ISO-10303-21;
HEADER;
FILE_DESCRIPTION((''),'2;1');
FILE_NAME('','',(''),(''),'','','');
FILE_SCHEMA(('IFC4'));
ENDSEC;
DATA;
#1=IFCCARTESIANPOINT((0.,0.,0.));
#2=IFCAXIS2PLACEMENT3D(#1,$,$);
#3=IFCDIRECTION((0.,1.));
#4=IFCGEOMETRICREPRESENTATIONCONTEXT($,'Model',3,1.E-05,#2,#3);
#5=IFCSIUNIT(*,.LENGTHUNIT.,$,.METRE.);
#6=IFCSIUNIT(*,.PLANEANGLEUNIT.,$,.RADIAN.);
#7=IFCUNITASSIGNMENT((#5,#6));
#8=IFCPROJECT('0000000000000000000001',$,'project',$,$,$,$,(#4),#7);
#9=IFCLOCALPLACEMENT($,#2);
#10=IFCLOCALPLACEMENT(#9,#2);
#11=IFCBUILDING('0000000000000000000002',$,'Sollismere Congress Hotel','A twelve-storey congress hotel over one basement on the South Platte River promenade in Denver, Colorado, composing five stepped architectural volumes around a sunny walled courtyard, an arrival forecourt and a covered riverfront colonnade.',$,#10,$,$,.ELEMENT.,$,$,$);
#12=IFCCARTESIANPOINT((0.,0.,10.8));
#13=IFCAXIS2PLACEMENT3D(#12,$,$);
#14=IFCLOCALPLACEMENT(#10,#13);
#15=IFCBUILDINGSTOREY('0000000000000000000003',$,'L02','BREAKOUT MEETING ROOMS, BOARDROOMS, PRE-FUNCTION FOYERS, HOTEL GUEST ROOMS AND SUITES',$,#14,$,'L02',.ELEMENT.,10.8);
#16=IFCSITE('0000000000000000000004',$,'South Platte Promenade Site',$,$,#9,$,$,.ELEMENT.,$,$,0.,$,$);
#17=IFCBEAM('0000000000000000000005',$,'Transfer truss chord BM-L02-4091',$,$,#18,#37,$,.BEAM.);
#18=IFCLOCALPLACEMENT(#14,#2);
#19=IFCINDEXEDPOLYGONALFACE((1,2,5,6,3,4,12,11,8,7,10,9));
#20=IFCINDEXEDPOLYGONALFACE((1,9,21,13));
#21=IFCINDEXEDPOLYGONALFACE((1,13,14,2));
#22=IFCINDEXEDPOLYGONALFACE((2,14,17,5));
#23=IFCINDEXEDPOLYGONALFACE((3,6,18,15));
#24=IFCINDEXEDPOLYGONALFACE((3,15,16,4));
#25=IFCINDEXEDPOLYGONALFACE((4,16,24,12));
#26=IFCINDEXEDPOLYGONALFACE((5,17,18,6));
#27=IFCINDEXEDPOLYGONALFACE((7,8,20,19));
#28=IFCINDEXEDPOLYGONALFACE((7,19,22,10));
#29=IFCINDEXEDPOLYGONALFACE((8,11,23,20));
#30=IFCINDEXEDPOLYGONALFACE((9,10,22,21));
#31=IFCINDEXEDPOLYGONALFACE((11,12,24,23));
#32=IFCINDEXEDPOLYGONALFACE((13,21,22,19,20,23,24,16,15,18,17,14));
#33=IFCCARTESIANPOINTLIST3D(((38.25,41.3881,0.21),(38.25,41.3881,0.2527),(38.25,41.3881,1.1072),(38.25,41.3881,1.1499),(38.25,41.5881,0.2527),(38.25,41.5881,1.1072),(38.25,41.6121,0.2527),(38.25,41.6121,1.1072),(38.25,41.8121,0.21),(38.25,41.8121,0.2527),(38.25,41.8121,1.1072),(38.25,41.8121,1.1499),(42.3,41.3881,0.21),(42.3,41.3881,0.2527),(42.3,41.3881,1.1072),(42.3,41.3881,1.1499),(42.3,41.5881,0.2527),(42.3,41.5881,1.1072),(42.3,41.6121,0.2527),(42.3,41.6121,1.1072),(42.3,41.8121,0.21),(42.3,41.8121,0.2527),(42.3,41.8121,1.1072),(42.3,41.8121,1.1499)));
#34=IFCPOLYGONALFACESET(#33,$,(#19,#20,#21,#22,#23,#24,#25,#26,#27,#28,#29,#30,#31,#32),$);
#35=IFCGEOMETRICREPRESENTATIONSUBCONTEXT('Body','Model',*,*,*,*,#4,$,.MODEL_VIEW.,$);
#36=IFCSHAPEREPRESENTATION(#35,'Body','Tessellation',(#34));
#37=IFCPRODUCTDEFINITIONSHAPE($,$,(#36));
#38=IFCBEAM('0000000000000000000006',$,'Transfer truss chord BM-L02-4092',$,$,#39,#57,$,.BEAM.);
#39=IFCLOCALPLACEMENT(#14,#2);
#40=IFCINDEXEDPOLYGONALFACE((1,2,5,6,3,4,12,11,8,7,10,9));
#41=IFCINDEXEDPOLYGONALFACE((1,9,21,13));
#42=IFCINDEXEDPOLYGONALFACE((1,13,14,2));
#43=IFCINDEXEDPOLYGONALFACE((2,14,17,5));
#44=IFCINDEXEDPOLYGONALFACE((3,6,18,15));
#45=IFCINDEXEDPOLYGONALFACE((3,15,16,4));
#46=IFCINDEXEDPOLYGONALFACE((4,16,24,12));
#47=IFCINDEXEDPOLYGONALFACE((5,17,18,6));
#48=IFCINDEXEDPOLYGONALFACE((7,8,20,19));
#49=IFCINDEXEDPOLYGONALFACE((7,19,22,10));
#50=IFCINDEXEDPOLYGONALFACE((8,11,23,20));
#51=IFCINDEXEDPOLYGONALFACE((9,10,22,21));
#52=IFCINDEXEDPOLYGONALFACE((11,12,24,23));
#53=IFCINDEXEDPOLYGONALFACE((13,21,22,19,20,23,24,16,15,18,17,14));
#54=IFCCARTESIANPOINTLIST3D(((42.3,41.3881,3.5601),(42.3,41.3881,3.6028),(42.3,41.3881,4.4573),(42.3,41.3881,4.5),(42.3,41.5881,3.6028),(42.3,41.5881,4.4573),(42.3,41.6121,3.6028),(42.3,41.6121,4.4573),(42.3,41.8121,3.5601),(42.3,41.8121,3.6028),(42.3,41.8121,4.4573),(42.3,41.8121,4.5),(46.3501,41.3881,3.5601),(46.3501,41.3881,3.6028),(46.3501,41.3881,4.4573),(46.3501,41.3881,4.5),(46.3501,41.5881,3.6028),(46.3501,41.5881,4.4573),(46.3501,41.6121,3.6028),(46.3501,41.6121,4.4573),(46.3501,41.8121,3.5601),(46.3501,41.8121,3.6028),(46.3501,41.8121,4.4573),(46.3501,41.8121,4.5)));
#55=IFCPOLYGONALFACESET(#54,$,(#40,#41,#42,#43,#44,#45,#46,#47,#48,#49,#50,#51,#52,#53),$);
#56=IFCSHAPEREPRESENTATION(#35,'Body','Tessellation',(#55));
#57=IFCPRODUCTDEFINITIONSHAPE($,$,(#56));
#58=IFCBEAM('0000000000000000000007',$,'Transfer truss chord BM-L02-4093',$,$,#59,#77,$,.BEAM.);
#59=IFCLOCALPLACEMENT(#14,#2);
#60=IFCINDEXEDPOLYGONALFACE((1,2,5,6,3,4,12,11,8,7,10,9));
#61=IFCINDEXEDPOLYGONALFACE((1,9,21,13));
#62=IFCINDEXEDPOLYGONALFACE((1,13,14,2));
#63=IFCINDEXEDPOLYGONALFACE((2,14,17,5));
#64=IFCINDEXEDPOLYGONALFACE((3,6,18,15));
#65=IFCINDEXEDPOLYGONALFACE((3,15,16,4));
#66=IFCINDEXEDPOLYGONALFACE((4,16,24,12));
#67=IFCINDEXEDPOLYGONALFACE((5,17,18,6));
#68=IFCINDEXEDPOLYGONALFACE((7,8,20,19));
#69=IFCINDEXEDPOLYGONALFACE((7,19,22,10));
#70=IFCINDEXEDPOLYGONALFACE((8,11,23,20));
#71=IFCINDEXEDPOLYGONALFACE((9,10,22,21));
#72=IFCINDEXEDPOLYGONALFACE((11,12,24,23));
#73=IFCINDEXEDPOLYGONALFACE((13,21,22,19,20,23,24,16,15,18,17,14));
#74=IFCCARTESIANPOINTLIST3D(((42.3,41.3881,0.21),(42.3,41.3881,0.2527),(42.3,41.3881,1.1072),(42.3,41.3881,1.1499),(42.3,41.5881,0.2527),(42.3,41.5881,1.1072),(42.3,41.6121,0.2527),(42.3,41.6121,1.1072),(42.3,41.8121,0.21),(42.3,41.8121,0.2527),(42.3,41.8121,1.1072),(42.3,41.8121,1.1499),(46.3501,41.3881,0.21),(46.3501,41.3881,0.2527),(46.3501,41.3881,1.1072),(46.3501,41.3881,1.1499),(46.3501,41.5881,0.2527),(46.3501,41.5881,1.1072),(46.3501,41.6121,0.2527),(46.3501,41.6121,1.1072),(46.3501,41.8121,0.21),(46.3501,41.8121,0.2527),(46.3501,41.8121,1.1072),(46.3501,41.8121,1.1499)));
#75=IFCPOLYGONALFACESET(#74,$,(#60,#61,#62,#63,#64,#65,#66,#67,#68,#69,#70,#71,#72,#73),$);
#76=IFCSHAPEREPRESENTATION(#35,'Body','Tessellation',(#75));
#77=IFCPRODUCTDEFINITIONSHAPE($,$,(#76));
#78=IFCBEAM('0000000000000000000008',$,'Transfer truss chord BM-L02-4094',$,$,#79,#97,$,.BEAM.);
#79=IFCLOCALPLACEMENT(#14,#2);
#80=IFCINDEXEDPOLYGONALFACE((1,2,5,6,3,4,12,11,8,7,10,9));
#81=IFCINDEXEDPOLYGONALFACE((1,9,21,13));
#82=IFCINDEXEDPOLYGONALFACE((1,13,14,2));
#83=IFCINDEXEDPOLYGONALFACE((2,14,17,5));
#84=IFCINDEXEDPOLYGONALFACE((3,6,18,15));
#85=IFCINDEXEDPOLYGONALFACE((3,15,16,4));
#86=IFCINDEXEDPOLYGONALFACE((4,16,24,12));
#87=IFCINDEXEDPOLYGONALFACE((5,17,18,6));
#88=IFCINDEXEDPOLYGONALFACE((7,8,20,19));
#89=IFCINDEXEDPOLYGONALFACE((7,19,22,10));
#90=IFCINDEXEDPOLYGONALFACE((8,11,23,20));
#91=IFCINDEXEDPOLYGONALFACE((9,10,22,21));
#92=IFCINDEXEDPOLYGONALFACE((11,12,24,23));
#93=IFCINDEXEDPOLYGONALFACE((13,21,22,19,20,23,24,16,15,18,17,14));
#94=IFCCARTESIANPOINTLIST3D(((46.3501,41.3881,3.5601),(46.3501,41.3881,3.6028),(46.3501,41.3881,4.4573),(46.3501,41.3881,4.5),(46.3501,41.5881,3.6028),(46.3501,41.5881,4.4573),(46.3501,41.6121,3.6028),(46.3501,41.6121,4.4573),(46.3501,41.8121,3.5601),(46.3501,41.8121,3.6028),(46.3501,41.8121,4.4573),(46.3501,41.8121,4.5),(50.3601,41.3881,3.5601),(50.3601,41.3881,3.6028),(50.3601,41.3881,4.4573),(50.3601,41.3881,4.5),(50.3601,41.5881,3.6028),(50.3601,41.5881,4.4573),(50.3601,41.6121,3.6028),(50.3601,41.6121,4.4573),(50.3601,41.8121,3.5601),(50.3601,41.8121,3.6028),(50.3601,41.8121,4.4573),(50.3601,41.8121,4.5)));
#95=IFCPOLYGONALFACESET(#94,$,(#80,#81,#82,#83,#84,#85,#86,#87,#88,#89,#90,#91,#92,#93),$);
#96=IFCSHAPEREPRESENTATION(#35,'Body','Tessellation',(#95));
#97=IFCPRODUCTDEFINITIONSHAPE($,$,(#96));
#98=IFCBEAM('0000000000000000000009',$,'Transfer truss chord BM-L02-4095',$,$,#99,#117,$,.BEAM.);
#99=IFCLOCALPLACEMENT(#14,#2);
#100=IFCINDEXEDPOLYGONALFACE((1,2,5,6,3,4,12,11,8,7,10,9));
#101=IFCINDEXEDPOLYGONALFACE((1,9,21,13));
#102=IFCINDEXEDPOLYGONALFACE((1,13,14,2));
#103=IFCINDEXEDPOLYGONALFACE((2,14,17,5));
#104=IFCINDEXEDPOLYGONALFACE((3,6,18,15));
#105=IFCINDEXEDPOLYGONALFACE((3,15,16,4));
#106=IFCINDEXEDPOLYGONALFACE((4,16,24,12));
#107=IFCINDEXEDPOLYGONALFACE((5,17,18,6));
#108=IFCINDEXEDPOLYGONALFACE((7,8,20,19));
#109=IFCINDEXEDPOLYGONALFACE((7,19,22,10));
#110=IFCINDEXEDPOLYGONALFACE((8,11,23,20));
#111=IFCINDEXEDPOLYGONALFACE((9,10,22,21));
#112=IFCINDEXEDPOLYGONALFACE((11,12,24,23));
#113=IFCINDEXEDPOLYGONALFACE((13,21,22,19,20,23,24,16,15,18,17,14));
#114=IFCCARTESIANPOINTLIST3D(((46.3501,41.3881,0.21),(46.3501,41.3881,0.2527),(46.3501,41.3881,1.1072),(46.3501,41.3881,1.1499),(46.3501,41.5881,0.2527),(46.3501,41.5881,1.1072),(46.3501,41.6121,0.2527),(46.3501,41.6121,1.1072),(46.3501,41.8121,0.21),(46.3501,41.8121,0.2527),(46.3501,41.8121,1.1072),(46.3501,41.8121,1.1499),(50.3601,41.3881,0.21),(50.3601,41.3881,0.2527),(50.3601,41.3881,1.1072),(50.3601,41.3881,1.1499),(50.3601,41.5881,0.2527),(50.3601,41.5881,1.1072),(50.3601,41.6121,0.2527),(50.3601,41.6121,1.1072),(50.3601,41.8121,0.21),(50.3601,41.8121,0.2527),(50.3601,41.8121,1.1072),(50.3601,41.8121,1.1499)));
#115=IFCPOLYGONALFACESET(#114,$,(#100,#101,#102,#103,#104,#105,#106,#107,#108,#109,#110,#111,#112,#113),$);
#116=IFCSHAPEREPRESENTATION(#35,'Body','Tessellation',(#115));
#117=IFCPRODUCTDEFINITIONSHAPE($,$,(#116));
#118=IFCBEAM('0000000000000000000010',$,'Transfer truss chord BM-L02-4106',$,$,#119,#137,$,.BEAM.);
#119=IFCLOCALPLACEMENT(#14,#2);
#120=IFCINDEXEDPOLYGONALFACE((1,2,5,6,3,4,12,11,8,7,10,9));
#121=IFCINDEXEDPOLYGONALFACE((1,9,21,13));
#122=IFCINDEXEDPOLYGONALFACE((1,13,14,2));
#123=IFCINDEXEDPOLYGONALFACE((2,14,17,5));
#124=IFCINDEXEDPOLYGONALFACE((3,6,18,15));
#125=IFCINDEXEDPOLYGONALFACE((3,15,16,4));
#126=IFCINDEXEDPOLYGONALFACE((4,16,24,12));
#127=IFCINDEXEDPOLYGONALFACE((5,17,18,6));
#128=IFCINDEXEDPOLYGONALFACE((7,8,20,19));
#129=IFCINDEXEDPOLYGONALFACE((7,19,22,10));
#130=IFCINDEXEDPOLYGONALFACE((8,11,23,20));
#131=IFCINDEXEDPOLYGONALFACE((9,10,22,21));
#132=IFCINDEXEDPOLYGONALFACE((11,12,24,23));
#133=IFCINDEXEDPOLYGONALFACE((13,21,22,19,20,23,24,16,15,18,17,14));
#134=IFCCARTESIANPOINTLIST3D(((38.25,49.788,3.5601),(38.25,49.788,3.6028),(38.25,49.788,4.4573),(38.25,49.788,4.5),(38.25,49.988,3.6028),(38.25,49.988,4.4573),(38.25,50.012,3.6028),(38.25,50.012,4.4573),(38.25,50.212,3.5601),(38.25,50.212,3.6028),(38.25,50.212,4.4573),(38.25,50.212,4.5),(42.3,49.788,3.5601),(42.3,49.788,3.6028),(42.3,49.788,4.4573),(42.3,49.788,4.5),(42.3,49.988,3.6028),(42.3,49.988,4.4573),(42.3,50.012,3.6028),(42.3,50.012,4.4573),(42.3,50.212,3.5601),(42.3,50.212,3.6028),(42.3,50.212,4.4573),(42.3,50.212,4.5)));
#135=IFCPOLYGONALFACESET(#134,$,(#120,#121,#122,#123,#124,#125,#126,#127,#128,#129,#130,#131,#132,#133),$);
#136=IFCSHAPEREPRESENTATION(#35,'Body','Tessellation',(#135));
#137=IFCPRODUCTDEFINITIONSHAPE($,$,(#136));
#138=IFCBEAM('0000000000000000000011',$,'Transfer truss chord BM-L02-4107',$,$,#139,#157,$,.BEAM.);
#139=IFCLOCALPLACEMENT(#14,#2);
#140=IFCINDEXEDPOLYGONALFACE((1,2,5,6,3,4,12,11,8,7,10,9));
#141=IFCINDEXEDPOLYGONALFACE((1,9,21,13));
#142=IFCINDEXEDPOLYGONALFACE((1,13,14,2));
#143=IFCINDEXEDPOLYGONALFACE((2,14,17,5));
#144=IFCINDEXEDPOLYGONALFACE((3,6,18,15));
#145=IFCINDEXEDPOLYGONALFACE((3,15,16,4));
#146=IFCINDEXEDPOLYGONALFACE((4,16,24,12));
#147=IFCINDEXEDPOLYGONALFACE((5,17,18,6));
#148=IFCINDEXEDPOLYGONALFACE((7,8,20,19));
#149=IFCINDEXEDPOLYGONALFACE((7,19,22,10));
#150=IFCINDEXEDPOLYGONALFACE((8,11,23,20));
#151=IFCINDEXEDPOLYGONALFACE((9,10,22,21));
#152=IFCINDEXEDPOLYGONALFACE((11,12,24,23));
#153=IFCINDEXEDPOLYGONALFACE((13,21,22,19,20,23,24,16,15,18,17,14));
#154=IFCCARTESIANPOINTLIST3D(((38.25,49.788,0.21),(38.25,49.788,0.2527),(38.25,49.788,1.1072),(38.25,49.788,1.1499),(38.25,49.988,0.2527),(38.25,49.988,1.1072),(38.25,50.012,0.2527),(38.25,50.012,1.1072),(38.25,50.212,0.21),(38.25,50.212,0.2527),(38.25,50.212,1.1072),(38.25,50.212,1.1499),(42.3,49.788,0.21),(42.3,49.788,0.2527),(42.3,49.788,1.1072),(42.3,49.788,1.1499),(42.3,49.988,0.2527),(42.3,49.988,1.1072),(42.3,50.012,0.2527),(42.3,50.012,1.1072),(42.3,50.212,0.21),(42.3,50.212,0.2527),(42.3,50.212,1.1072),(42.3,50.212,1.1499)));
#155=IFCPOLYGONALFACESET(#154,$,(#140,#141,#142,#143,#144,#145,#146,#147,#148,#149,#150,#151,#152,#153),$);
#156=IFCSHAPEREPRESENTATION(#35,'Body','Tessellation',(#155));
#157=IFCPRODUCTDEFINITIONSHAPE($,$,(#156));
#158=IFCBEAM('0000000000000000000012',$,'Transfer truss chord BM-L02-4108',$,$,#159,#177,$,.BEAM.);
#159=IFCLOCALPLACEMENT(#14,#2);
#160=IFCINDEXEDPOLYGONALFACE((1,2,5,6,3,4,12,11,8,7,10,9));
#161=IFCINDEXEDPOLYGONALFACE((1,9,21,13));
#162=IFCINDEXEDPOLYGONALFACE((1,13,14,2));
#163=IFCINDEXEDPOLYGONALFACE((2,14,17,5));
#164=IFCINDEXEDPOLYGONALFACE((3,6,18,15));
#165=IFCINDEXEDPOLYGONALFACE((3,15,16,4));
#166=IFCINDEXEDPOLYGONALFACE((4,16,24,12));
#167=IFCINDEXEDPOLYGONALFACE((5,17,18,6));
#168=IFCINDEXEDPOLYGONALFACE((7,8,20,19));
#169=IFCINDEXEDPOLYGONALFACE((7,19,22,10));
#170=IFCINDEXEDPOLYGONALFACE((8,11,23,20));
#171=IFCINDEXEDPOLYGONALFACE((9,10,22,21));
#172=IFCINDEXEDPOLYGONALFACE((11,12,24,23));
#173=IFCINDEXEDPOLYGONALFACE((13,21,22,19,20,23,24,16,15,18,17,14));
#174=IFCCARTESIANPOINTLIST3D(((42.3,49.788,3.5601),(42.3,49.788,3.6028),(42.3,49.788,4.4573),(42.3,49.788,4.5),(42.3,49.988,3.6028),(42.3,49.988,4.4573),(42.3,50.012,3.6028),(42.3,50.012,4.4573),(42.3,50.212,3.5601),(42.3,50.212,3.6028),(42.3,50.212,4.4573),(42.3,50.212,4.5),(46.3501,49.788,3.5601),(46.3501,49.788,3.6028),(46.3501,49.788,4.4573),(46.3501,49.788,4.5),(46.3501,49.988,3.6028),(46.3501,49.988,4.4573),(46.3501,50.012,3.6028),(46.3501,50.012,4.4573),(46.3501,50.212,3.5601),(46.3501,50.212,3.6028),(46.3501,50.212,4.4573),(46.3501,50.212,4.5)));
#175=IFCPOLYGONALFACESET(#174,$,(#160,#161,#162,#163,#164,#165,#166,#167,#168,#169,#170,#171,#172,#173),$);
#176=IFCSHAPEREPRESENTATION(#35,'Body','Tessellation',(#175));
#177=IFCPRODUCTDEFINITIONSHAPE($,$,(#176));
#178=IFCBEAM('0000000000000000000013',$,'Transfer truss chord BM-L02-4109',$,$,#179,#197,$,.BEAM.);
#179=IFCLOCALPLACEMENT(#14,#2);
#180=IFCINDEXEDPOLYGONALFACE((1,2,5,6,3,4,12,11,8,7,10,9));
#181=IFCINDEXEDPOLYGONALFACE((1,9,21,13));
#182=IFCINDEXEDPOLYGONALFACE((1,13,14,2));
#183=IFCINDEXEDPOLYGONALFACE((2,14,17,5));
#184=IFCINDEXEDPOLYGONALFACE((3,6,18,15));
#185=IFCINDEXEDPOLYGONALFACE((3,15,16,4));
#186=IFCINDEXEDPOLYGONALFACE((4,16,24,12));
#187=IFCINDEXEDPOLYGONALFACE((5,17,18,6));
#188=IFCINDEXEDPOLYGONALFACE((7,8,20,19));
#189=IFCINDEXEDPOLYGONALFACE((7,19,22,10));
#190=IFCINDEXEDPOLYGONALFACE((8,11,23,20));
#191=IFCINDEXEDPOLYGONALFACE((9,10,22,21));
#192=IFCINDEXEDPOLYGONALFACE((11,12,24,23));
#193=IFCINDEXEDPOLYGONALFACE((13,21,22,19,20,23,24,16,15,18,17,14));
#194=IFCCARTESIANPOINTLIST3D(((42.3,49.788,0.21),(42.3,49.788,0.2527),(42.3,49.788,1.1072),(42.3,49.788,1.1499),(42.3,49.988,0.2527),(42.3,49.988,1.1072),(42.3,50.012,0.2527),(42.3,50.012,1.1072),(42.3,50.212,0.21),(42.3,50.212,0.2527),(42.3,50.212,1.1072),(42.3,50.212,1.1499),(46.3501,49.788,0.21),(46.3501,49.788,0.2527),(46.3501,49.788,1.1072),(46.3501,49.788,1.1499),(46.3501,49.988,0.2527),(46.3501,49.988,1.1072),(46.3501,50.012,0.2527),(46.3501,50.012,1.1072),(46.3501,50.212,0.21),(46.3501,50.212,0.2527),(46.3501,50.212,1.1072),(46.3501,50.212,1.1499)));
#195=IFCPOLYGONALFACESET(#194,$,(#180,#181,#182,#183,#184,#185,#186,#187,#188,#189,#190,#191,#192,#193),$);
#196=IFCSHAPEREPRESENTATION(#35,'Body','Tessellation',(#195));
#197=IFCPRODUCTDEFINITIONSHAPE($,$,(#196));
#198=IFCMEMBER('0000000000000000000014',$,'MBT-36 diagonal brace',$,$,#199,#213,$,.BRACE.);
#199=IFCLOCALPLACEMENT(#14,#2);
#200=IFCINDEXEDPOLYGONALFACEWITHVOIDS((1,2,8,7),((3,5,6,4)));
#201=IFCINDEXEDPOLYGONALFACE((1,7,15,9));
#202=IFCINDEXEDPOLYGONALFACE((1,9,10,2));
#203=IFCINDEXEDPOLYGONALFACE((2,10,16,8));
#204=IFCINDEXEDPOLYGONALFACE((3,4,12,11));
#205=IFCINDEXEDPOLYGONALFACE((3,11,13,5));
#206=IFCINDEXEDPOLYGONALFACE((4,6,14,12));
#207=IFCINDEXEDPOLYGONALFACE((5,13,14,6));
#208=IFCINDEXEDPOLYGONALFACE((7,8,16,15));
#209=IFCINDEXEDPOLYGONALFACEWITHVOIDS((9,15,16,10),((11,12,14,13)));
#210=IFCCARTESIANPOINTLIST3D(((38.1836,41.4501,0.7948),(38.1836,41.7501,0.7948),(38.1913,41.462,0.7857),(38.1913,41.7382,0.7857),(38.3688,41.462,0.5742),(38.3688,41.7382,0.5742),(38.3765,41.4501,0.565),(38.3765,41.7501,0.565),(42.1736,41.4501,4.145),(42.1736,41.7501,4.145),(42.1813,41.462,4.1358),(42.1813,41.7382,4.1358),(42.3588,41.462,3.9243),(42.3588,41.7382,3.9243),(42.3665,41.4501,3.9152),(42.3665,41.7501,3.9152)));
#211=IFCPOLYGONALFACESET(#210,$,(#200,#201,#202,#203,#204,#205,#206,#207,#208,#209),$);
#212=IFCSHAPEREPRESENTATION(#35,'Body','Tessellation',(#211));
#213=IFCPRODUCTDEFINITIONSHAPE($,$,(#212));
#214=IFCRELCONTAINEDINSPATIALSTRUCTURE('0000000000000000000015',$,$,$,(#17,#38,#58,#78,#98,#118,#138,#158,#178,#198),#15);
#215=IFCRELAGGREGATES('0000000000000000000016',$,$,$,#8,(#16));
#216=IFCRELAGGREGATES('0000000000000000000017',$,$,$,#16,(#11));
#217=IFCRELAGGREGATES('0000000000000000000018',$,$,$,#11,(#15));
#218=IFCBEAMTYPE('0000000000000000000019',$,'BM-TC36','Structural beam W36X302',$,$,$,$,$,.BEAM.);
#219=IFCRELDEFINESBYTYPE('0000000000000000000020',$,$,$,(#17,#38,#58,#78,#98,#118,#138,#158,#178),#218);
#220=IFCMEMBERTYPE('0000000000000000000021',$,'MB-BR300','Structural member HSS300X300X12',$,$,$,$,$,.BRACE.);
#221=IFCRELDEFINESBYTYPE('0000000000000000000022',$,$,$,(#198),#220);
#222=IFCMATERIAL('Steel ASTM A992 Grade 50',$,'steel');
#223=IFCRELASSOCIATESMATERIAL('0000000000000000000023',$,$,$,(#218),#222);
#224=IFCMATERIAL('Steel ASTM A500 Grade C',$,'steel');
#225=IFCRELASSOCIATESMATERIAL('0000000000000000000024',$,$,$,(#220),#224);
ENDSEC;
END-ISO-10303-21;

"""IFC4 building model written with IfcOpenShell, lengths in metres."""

from ifc_helpers import new_model, si_unit, direction, frame, origin, origin_2d, place, context, subcontext, project, spatial, hollow_rectangle, i_section, extrude, material, material_profile, profile_set, type_object, element, save


model = new_model("IFC4")

# Units and contexts
model_context = context("Model", 3, precision=1e-05, world=origin(), true_north=direction((0.0, 1.0)))
body_context = subcontext(model_context, "Body", "Model", "MODEL_VIEW")
ifc_project = project(units=[si_unit("LENGTHUNIT", "METRE"), si_unit("PLANEANGLEUNIT", "RADIAN")], contexts=[model_context])

# Site, building, storey
site_placement = place(None, origin())
site = spatial("IfcSite", under=ifc_project, at=site_placement, Name="South Platte Promenade Site", CompositionType="ELEMENT", RefElevation=0.0)
building_placement = place(site_placement, origin())
building = spatial("IfcBuilding", under=site, at=building_placement, Name="Sollismere Congress Hotel", Description="A twelve-storey congress hotel over one basement on the South Platte River promenade in Denver, Colorado, composing five stepped architectural volumes around a sunny walled courtyard, an arrival forecourt and a covered riverfront colonnade.", CompositionType="ELEMENT")
storey_placement = place(building_placement, frame((0.0, 0.0, 10.8)))
storey = spatial("IfcBuildingStorey", under=building, at=storey_placement, Name="L02", Description="BREAKOUT MEETING ROOMS, BOARDROOMS, PRE-FUNCTION FOYERS, HOTEL GUEST ROOMS AND SUITES", LongName="L02", CompositionType="ELEMENT", Elevation=10.8)

# Beams
ifc_material_1 = material(Name="Steel ASTM A992 Grade 50", Category="steel")
ifc_material_profile_1 = material_profile(ifc_material_1, i_section(OverallWidth=0.4241, OverallDepth=0.9399, WebThickness=0.0239, FlangeThickness=0.0427, at=origin_2d()), Name="W36X302")
ifc_profile_set_1 = profile_set([ifc_material_profile_1], Name="Steel ASTM A992 Grade 50")
beam_type = type_object("IfcBeamType", Name="BM-TC36", Description="Structural beam W36X302", PredefinedType="BEAM", material=ifc_profile_set_1)
for number, where, z_axis, x_axis, name in (
    (1, (38.25, 41.6001, 0.6799), (1.0, 0.0, 0.0), (0.0, 1.0, 0.0), "Transfer truss chord BM-L02-4091"),
    (2, (42.3, 41.6001, 4.03), (1.0, 0.0, 0.0), (0.0, 1.0, 0.0), "Transfer truss chord BM-L02-4092"),
    (3, (42.3, 41.6001, 0.6799), (1.0, 0.0, 0.0), (0.0, 1.0, 0.0), "Transfer truss chord BM-L02-4093"),
):
    element("IfcBeam", number, at=place(storey_placement, frame(where, z_axis=z_axis, x_axis=x_axis)), inside=storey, type_object=beam_type, Name=name, PredefinedType="BEAM", context=body_context, shape_type="SweptSolid", body=[
        extrude(i_section(OverallWidth=0.4241, OverallDepth=0.9399, WebThickness=0.0239, FlangeThickness=0.0427, at=origin_2d()), origin(), (0.0, 0.0, 1.0), 4.05),
    ])
for number, where, z_axis, x_axis, name in (
    (4, (46.3501, 41.6001, 4.03), (1.0, 0.0, 0.0), (0.0, 1.0, 0.0), "Transfer truss chord BM-L02-4094"),
    (5, (46.3501, 41.6001, 0.6799), (1.0, 0.0, 0.0), (0.0, 1.0, 0.0), "Transfer truss chord BM-L02-4095"),
):
    element("IfcBeam", number, at=place(storey_placement, frame(where, z_axis=z_axis, x_axis=x_axis)), inside=storey, type_object=beam_type, Name=name, PredefinedType="BEAM", context=body_context, shape_type="SweptSolid", body=[
        extrude(i_section(OverallWidth=0.4241, OverallDepth=0.9399, WebThickness=0.0239, FlangeThickness=0.0427, at=origin_2d()), origin(), (0.0, 0.0, 1.0), 4.01),
    ])
for number, where, z_axis, x_axis, name in (
    (6, (38.25, 50.0, 4.03), (1.0, 0.0, 0.0), (0.0, 1.0, 0.0), "Transfer truss chord BM-L02-4106"),
    (7, (38.25, 50.0, 0.6799), (1.0, 0.0, 0.0), (0.0, 1.0, 0.0), "Transfer truss chord BM-L02-4107"),
    (8, (42.3, 50.0, 4.03), (1.0, 0.0, 0.0), (0.0, 1.0, 0.0), "Transfer truss chord BM-L02-4108"),
    (9, (42.3, 50.0, 0.6799), (1.0, 0.0, 0.0), (0.0, 1.0, 0.0), "Transfer truss chord BM-L02-4109"),
):
    element("IfcBeam", number, at=place(storey_placement, frame(where, z_axis=z_axis, x_axis=x_axis)), inside=storey, type_object=beam_type, Name=name, PredefinedType="BEAM", context=body_context, shape_type="SweptSolid", body=[
        extrude(i_section(OverallWidth=0.4241, OverallDepth=0.9399, WebThickness=0.0239, FlangeThickness=0.0427, at=origin_2d()), origin(), (0.0, 0.0, 1.0), 4.05),
    ])

# Member
ifc_material_2 = material(Name="Steel ASTM A500 Grade C", Category="steel")
ifc_material_profile_2 = material_profile(ifc_material_2, hollow_rectangle(XDim=0.3, YDim=0.3, WallThickness=0.012, at=origin_2d()), Name="HSS300X300X12")
ifc_profile_set_2 = profile_set([ifc_material_profile_2], Name="Steel ASTM A500 Grade C")
member_type_1 = type_object("IfcMemberType", Name="MB-BR300", Description="Structural member HSS300X300X12", PredefinedType="BRACE", material=ifc_profile_set_2)
for number, where, z_axis, x_axis, name in (
    (10, (38.28, 41.6001, 0.6799), (0.765846, 0.0, 0.643024), (0.0, 1.0, 0.0), "MBT-36 diagonal brace"),
):
    element("IfcMember", number, at=place(storey_placement, frame(where, z_axis=z_axis, x_axis=x_axis)), inside=storey, type_object=member_type_1, Name=name, PredefinedType="BRACE", context=body_context, shape_type="SweptSolid", body=[
        extrude(hollow_rectangle(XDim=0.3, YDim=0.3, WallThickness=0.012, at=origin_2d()), origin(), (0.0, 0.0, 1.0), 5.21),
    ])

save(model, "model.ifc")
